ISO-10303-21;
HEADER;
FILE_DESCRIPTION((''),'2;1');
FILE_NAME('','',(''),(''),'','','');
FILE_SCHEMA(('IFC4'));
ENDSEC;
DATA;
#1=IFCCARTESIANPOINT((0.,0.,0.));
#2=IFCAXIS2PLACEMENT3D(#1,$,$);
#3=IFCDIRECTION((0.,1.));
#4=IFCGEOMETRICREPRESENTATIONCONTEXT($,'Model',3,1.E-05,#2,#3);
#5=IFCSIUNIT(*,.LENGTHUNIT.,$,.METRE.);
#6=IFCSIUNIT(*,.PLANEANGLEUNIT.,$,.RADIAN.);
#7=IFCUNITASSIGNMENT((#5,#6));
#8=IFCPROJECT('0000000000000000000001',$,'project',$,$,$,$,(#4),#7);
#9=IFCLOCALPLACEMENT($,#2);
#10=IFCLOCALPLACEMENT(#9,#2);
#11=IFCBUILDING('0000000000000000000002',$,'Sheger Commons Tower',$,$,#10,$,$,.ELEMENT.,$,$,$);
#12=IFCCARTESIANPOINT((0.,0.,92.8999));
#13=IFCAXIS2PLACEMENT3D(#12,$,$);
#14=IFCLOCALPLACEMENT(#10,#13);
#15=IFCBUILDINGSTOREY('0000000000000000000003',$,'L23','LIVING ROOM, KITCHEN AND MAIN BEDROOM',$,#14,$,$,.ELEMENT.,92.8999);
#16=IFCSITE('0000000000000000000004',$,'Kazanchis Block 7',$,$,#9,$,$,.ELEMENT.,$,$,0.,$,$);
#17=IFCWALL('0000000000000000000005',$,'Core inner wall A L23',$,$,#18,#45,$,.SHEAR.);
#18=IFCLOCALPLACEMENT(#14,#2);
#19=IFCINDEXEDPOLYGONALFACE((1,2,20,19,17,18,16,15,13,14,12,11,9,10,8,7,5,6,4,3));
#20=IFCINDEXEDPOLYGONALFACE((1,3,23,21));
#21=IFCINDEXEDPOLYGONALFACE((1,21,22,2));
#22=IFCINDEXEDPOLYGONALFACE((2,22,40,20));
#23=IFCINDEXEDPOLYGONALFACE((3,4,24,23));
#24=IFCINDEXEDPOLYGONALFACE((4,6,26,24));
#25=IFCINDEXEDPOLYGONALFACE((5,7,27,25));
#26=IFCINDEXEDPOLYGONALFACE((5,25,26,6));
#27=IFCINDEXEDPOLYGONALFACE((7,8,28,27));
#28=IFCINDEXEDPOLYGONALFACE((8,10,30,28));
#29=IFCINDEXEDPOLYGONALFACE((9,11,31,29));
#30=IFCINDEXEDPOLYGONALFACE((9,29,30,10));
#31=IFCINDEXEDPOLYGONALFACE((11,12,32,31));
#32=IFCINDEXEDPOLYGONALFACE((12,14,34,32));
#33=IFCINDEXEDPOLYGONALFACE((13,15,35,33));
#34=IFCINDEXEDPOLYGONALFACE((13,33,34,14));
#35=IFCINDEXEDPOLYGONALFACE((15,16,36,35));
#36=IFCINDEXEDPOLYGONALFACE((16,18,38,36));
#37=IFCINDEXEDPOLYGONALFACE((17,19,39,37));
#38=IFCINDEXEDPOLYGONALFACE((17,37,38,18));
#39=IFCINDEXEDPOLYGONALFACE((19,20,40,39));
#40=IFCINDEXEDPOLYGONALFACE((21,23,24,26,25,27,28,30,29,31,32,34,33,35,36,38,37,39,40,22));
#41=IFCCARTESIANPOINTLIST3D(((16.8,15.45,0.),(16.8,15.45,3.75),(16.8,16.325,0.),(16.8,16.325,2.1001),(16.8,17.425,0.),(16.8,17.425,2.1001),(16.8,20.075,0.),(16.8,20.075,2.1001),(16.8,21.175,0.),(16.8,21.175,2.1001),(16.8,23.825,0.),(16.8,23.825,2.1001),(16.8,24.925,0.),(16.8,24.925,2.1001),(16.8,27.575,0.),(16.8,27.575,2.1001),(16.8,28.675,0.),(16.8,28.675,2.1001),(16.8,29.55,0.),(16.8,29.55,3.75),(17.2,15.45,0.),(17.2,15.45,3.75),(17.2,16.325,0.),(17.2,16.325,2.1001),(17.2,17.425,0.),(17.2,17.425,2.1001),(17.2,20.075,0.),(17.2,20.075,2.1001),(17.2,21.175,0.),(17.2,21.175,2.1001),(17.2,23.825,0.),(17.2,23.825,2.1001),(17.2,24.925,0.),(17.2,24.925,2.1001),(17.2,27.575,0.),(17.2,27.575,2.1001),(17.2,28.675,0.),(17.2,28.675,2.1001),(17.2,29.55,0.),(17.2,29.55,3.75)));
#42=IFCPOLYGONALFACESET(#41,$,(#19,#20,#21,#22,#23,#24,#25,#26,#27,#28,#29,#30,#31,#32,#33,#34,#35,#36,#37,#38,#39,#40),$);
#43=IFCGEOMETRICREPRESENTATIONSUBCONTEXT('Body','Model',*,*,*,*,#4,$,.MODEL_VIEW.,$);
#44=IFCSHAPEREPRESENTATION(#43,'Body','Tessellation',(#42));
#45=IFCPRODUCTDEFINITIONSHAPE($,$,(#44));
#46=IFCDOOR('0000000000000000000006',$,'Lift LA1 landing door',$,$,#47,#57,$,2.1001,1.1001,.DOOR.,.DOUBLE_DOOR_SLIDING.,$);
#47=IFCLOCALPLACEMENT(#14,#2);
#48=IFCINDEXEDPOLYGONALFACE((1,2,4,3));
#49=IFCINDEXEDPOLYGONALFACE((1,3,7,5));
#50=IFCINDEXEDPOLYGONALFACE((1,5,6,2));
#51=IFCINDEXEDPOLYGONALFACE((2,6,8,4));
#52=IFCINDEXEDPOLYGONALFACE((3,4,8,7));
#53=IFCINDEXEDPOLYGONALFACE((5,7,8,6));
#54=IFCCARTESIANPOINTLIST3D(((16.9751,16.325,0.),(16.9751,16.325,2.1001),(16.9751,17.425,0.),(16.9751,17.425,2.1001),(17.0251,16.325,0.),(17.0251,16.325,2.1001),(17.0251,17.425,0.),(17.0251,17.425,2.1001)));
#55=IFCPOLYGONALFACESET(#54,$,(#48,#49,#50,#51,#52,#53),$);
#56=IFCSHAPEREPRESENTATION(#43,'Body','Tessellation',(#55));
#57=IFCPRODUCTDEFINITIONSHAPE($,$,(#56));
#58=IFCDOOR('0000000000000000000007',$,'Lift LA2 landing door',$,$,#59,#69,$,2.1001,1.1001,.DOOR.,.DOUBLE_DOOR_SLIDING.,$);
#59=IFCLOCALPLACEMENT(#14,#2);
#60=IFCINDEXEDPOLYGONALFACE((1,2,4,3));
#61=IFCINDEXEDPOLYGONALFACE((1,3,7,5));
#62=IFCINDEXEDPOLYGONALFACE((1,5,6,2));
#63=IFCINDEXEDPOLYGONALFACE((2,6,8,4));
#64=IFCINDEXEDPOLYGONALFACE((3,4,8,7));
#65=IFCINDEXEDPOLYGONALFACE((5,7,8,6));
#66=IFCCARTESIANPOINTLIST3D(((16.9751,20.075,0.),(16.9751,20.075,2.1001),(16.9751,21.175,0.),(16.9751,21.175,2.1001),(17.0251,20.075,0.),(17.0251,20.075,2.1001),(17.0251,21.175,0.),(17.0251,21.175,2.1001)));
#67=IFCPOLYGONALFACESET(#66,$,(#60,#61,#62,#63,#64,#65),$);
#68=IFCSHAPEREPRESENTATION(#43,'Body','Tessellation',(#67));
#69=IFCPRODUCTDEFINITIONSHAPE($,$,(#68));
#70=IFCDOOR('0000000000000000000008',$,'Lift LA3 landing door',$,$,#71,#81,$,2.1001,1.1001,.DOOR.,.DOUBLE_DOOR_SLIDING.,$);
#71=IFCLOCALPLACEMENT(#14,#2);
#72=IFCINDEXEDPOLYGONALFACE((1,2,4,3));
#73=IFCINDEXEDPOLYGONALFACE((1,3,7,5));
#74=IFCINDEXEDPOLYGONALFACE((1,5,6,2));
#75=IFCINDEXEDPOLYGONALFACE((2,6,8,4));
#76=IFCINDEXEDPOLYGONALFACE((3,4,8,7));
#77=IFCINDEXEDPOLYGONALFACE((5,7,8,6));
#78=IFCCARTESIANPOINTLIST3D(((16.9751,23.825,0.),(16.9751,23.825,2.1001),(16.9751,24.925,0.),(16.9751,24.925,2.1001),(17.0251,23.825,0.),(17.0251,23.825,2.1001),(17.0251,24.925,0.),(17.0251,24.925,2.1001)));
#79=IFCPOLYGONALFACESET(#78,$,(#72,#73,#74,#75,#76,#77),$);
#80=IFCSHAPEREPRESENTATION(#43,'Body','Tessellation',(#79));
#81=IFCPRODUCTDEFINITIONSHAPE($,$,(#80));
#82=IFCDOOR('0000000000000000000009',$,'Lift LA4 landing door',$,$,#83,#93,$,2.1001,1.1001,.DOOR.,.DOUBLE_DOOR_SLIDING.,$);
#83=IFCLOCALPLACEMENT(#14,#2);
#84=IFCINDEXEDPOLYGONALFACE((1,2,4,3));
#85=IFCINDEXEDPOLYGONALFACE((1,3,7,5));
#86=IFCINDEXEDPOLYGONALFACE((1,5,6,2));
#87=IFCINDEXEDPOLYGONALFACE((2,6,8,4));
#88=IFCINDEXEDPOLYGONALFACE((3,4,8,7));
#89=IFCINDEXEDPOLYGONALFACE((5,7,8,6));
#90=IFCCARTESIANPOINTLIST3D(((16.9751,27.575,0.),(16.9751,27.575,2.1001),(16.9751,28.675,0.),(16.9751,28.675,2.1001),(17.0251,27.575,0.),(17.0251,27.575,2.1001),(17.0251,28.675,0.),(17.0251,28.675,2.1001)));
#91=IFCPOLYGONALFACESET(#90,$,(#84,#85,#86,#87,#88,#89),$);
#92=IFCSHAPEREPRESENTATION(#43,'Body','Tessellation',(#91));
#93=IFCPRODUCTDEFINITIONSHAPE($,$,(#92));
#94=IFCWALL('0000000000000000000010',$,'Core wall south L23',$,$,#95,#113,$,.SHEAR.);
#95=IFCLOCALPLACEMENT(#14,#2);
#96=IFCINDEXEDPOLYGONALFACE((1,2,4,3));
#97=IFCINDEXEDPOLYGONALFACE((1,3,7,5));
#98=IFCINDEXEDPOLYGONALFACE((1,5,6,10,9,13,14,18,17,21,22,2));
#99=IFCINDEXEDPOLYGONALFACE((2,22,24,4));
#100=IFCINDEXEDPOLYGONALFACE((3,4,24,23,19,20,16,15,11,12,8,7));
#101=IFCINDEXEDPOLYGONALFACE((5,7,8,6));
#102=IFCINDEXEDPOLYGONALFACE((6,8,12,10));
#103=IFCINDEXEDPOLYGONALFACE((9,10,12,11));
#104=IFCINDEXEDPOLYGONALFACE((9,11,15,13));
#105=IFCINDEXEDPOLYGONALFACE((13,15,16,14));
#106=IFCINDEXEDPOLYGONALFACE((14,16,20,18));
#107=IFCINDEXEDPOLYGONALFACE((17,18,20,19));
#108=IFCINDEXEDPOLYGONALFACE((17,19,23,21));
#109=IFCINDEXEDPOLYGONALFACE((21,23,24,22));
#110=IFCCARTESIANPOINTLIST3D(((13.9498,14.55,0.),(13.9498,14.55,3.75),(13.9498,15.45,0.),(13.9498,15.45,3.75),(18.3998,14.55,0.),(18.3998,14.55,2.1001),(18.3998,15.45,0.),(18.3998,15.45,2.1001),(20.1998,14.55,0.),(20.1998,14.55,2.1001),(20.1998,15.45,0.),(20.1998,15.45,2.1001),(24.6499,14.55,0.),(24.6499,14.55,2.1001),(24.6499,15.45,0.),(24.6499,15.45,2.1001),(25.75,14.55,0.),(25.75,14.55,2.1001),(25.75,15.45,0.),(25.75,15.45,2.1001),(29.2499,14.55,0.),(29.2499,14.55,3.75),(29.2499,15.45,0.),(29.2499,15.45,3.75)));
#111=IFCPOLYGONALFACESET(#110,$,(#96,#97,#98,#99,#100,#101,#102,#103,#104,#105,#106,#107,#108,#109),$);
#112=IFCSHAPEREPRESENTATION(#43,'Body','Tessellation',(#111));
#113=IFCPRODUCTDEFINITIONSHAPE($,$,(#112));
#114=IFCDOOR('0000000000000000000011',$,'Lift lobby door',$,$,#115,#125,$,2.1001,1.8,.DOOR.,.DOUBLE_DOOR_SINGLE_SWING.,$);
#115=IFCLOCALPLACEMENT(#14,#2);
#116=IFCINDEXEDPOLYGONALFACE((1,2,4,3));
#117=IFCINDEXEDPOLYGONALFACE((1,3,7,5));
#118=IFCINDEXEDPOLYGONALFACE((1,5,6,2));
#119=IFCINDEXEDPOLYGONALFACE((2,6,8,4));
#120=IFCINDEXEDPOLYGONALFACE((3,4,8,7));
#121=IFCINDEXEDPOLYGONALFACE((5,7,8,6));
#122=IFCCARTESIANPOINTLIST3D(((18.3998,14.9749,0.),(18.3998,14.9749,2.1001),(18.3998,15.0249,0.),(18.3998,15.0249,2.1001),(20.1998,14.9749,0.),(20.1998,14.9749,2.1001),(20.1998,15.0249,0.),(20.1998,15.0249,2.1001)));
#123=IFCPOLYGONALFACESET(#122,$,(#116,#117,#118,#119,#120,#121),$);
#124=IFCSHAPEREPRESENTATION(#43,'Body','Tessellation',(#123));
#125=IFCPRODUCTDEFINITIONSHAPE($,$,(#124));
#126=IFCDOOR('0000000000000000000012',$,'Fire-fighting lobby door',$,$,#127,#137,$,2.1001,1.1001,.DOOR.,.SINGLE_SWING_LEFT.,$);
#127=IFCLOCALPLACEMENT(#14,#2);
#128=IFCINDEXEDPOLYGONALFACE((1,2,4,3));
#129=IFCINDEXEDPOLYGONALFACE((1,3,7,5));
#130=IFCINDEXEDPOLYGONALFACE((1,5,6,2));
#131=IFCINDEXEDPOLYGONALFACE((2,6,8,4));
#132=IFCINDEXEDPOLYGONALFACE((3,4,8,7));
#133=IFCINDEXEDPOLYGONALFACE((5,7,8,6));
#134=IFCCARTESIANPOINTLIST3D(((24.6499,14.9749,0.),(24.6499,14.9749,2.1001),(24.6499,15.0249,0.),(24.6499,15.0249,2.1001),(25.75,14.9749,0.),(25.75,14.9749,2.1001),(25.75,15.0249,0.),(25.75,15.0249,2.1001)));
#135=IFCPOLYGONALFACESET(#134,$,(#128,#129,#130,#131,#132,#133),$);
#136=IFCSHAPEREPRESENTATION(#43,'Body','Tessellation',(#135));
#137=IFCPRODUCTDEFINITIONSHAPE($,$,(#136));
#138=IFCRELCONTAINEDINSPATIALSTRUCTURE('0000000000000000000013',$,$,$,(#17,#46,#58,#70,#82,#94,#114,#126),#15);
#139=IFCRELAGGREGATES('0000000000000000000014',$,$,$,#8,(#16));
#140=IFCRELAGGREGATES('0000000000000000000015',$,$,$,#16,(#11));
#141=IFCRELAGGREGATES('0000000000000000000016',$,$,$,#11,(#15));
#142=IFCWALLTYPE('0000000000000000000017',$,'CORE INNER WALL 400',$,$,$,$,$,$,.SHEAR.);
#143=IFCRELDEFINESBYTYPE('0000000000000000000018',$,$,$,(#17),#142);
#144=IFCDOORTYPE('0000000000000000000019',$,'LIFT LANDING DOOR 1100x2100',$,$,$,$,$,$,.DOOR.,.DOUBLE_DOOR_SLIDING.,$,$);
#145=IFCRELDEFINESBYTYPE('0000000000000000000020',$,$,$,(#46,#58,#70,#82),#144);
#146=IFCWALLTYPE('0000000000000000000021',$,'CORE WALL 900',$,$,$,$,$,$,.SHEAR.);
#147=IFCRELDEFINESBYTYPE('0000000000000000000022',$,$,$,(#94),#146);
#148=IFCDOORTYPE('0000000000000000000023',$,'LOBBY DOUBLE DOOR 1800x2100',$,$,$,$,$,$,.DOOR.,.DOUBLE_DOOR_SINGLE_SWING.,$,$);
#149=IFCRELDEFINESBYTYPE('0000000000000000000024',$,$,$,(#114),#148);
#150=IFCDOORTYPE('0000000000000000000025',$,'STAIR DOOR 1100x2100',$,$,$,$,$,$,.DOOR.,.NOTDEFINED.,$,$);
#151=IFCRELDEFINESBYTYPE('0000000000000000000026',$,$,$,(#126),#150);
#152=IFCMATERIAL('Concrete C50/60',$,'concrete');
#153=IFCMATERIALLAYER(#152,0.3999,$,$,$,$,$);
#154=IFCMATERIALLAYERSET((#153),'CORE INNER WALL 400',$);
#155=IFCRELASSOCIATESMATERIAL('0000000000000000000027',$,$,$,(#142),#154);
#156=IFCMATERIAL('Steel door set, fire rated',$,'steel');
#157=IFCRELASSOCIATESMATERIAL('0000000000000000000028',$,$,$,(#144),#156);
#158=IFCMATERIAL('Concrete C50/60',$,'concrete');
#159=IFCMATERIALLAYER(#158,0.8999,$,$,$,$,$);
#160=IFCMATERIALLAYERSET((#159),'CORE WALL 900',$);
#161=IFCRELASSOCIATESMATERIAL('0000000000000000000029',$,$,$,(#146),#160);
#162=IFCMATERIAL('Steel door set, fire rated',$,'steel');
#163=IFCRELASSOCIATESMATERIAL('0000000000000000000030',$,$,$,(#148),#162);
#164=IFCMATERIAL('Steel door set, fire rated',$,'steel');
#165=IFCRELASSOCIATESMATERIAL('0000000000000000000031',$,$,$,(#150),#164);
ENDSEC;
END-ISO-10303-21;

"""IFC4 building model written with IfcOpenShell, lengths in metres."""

from ifc_helpers import new_model, si_unit, direction, frame, frame_2d, origin, place, context, subcontext, project, spatial, rectangle, extrude, material, layer, layer_set, type_object, element, fill, save


model = new_model("IFC4")

# Units and contexts
model_context = context("Model", 3, precision=1e-05, world=origin(), true_north=direction((0.0, 1.0)))
body_context = subcontext(model_context, "Body", "Model", "MODEL_VIEW")
ifc_project = project(units=[si_unit("LENGTHUNIT", "METRE"), si_unit("PLANEANGLEUNIT", "RADIAN")], contexts=[model_context])

# Site, building, storey
site_placement = place(None, origin())
site = spatial("IfcSite", under=ifc_project, at=site_placement, Name="Kazanchis Block 7", CompositionType="ELEMENT", RefElevation=0.0)
building_placement = place(site_placement, origin())
building = spatial("IfcBuilding", under=site, at=building_placement, Name="Sheger Commons Tower", CompositionType="ELEMENT")
storey_placement = place(building_placement, frame((0.0, 0.0, 92.8999)))
storey = spatial("IfcBuildingStorey", under=building, at=storey_placement, Name="L23", Description="LIVING ROOM, KITCHEN AND MAIN BEDROOM", CompositionType="ELEMENT", Elevation=92.8999)

# Walls, openings, doors
ifc_material_1 = material(Name="Concrete C50/60", Category="concrete")
ifc_layer_1 = layer(ifc_material_1, 0.3999)
ifc_layer_set_1 = layer_set([ifc_layer_1], Name="CORE INNER WALL 400")
wall_type_1 = type_object("IfcWallType", Name="CORE INNER WALL 400", PredefinedType="SHEAR", material=ifc_layer_set_1)
wall_1_placement = place(storey_placement, frame((17.0, 15.45, 0.0), z_axis=(0.0, 0.0, 1.0), x_axis=(0.0, 1.0, 0.0)))
wall_1 = element("IfcWall", 1, at=wall_1_placement, inside=storey, type_object=wall_type_1, Name="Core inner wall A L23", PredefinedType="SHEAR", context=body_context, shape_type="SweptSolid", body=[
    extrude(rectangle(XDim=14.1001, YDim=0.3999, at=frame_2d((7.05, 0.0))), origin(), (0.0, 0.0, 1.0), 3.75),
])
opening_1_placement = place(wall_1_placement, frame((0.875, 0.0, 0.0)))
opening_1 = element("IfcOpeningElement", 2, at=opening_1_placement, cuts=wall_1, PredefinedType="OPENING", context=body_context, shape_type="SweptSolid", body=[
    extrude(rectangle(XDim=1.1001, YDim=2.1001, at=frame_2d((0.55, 1.05))), frame((0.0, 0.21, 0.0), z_axis=(0.0, -1.0, 0.0), x_axis=(1.0, 0.0, 0.0)), (0.0, 0.0, 1.0), 0.4199),
])
opening_2_placement = place(wall_1_placement, frame((4.625, 0.0, 0.0)))
opening_2 = element("IfcOpeningElement", 3, at=opening_2_placement, cuts=wall_1, PredefinedType="OPENING", context=body_context, shape_type="SweptSolid", body=[
    extrude(rectangle(XDim=1.1001, YDim=2.1001, at=frame_2d((0.55, 1.05))), frame((0.0, 0.21, 0.0), z_axis=(0.0, -1.0, 0.0), x_axis=(1.0, 0.0, 0.0)), (0.0, 0.0, 1.0), 0.4199),
])
opening_3_placement = place(wall_1_placement, frame((8.375, 0.0, 0.0)))
opening_3 = element("IfcOpeningElement", 4, at=opening_3_placement, cuts=wall_1, PredefinedType="OPENING", context=body_context, shape_type="SweptSolid", body=[
    extrude(rectangle(XDim=1.1001, YDim=2.1001, at=frame_2d((0.55, 1.05))), frame((0.0, 0.21, 0.0), z_axis=(0.0, -1.0, 0.0), x_axis=(1.0, 0.0, 0.0)), (0.0, 0.0, 1.0), 0.4199),
])
opening_4_placement = place(wall_1_placement, frame((12.125, 0.0, 0.0)))
opening_4 = element("IfcOpeningElement", 5, at=opening_4_placement, cuts=wall_1, PredefinedType="OPENING", context=body_context, shape_type="SweptSolid", body=[
    extrude(rectangle(XDim=1.1001, YDim=2.1001, at=frame_2d((0.55, 1.05))), frame((0.0, 0.21, 0.0), z_axis=(0.0, -1.0, 0.0), x_axis=(1.0, 0.0, 0.0)), (0.0, 0.0, 1.0), 0.4199),
])
ifc_material_2 = material(Name="Steel door set, fire rated", Category="steel")
door_type_1 = type_object("IfcDoorType", Name="LIFT LANDING DOOR 1100x2100", OperationType="DOUBLE_DOOR_SLIDING", PredefinedType="DOOR", material=ifc_material_2)
door_1_placement = place(opening_1_placement, origin())
door_1 = element("IfcDoor", 6, at=door_1_placement, inside=storey, type_object=door_type_1, Name="Lift LA1 landing door", OperationType="DOUBLE_DOOR_SLIDING", OverallHeight=2.1001, OverallWidth=1.1001, PredefinedType="DOOR", context=body_context, shape_type="SweptSolid", body=[
    extrude(rectangle(XDim=1.1001, YDim=2.1001, at=frame_2d((0.55, 1.05))), frame((0.0, 0.0249, 0.0), z_axis=(0.0, -1.0, 0.0), x_axis=(1.0, 0.0, 0.0)), (0.0, 0.0, 1.0), 0.05),
])
fill(opening_1, door_1)
door_2_placement = place(opening_2_placement, origin())
door_2 = element("IfcDoor", 7, at=door_2_placement, inside=storey, type_object=door_type_1, Name="Lift LA2 landing door", OperationType="DOUBLE_DOOR_SLIDING", OverallHeight=2.1001, OverallWidth=1.1001, PredefinedType="DOOR", context=body_context, shape_type="SweptSolid", body=[
    extrude(rectangle(XDim=1.1001, YDim=2.1001, at=frame_2d((0.55, 1.05))), frame((0.0, 0.0249, 0.0), z_axis=(0.0, -1.0, 0.0), x_axis=(1.0, 0.0, 0.0)), (0.0, 0.0, 1.0), 0.05),
])
fill(opening_2, door_2)
door_3_placement = place(opening_3_placement, origin())
door_3 = element("IfcDoor", 8, at=door_3_placement, inside=storey, type_object=door_type_1, Name="Lift LA3 landing door", OperationType="DOUBLE_DOOR_SLIDING", OverallHeight=2.1001, OverallWidth=1.1001, PredefinedType="DOOR", context=body_context, shape_type="SweptSolid", body=[
    extrude(rectangle(XDim=1.1001, YDim=2.1001, at=frame_2d((0.55, 1.05))), frame((0.0, 0.0249, 0.0), z_axis=(0.0, -1.0, 0.0), x_axis=(1.0, 0.0, 0.0)), (0.0, 0.0, 1.0), 0.05),
])
fill(opening_3, door_3)
door_4_placement = place(opening_4_placement, origin())
door_4 = element("IfcDoor", 9, at=door_4_placement, inside=storey, type_object=door_type_1, Name="Lift LA4 landing door", OperationType="DOUBLE_DOOR_SLIDING", OverallHeight=2.1001, OverallWidth=1.1001, PredefinedType="DOOR", context=body_context, shape_type="SweptSolid", body=[
    extrude(rectangle(XDim=1.1001, YDim=2.1001, at=frame_2d((0.55, 1.05))), frame((0.0, 0.0249, 0.0), z_axis=(0.0, -1.0, 0.0), x_axis=(1.0, 0.0, 0.0)), (0.0, 0.0, 1.0), 0.05),
])
fill(opening_4, door_4)
ifc_material_3 = material(Name="Concrete C50/60", Category="concrete")
ifc_layer_2 = layer(ifc_material_3, 0.8999)
ifc_layer_set_2 = layer_set([ifc_layer_2], Name="CORE WALL 900")
wall_type_2 = type_object("IfcWallType", Name="CORE WALL 900", PredefinedType="SHEAR", material=ifc_layer_set_2)
wall_2_placement = place(storey_placement, frame((13.95, 15.0, 0.0), z_axis=(0.0, 0.0, 1.0), x_axis=(1.0, 0.0, 0.0)))
wall_2 = element("IfcWall", 10, at=wall_2_placement, inside=storey, type_object=wall_type_2, Name="Core wall south L23", PredefinedType="SHEAR", context=body_context, shape_type="SweptSolid", body=[
    extrude(rectangle(XDim=15.3, YDim=0.8999, at=frame_2d((7.6499, 0.0))), origin(), (0.0, 0.0, 1.0), 3.75),
])
opening_5_placement = place(wall_2_placement, frame((4.45, 0.0, 0.0)))
opening_5 = element("IfcOpeningElement", 11, at=opening_5_placement, cuts=wall_2, PredefinedType="OPENING", context=body_context, shape_type="SweptSolid", body=[
    extrude(rectangle(XDim=1.8, YDim=2.1001, at=frame_2d((0.8999, 1.05))), frame((0.0, 0.46, 0.0), z_axis=(0.0, -1.0, 0.0), x_axis=(1.0, 0.0, 0.0)), (0.0, 0.0, 1.0), 0.9199),
])
opening_6_placement = place(wall_2_placement, frame((10.7, 0.0, 0.0)))
opening_6 = element("IfcOpeningElement", 12, at=opening_6_placement, cuts=wall_2, PredefinedType="OPENING", context=body_context, shape_type="SweptSolid", body=[
    extrude(rectangle(XDim=1.1001, YDim=2.1001, at=frame_2d((0.55, 1.05))), frame((0.0, 0.46, 0.0), z_axis=(0.0, -1.0, 0.0), x_axis=(1.0, 0.0, 0.0)), (0.0, 0.0, 1.0), 0.9199),
])
ifc_material_4 = material(Name="Steel door set, fire rated", Category="steel")
door_type_2 = type_object("IfcDoorType", Name="LOBBY DOUBLE DOOR 1800x2100", OperationType="DOUBLE_DOOR_SINGLE_SWING", PredefinedType="DOOR", material=ifc_material_4)
door_5_placement = place(opening_5_placement, origin())
door_5 = element("IfcDoor", 13, at=door_5_placement, inside=storey, type_object=door_type_2, Name="Lift lobby door", OperationType="DOUBLE_DOOR_SINGLE_SWING", OverallHeight=2.1001, OverallWidth=1.8, PredefinedType="DOOR", context=body_context, shape_type="SweptSolid", body=[
    extrude(rectangle(XDim=1.8, YDim=2.1001, at=frame_2d((0.8999, 1.05))), frame((0.0, 0.0249, 0.0), z_axis=(0.0, -1.0, 0.0), x_axis=(1.0, 0.0, 0.0)), (0.0, 0.0, 1.0), 0.05),
])
fill(opening_5, door_5)
ifc_material_5 = material(Name="Steel door set, fire rated", Category="steel")
door_type_3 = type_object("IfcDoorType", Name="STAIR DOOR 1100x2100", OperationType="NOTDEFINED", PredefinedType="DOOR", material=ifc_material_5)
door_6_placement = place(opening_6_placement, origin())
door_6 = element("IfcDoor", 14, at=door_6_placement, inside=storey, type_object=door_type_3, Name="Fire-fighting lobby door", OperationType="SINGLE_SWING_LEFT", OverallHeight=2.1001, OverallWidth=1.1001, PredefinedType="DOOR", context=body_context, shape_type="SweptSolid", body=[
    extrude(rectangle(XDim=1.1001, YDim=2.1001, at=frame_2d((0.55, 1.05))), frame((0.0, 0.0249, 0.0), z_axis=(0.0, -1.0, 0.0), x_axis=(1.0, 0.0, 0.0)), (0.0, 0.0, 1.0), 0.05),
])
fill(opening_6, door_6)

save(model, "model.ifc")
